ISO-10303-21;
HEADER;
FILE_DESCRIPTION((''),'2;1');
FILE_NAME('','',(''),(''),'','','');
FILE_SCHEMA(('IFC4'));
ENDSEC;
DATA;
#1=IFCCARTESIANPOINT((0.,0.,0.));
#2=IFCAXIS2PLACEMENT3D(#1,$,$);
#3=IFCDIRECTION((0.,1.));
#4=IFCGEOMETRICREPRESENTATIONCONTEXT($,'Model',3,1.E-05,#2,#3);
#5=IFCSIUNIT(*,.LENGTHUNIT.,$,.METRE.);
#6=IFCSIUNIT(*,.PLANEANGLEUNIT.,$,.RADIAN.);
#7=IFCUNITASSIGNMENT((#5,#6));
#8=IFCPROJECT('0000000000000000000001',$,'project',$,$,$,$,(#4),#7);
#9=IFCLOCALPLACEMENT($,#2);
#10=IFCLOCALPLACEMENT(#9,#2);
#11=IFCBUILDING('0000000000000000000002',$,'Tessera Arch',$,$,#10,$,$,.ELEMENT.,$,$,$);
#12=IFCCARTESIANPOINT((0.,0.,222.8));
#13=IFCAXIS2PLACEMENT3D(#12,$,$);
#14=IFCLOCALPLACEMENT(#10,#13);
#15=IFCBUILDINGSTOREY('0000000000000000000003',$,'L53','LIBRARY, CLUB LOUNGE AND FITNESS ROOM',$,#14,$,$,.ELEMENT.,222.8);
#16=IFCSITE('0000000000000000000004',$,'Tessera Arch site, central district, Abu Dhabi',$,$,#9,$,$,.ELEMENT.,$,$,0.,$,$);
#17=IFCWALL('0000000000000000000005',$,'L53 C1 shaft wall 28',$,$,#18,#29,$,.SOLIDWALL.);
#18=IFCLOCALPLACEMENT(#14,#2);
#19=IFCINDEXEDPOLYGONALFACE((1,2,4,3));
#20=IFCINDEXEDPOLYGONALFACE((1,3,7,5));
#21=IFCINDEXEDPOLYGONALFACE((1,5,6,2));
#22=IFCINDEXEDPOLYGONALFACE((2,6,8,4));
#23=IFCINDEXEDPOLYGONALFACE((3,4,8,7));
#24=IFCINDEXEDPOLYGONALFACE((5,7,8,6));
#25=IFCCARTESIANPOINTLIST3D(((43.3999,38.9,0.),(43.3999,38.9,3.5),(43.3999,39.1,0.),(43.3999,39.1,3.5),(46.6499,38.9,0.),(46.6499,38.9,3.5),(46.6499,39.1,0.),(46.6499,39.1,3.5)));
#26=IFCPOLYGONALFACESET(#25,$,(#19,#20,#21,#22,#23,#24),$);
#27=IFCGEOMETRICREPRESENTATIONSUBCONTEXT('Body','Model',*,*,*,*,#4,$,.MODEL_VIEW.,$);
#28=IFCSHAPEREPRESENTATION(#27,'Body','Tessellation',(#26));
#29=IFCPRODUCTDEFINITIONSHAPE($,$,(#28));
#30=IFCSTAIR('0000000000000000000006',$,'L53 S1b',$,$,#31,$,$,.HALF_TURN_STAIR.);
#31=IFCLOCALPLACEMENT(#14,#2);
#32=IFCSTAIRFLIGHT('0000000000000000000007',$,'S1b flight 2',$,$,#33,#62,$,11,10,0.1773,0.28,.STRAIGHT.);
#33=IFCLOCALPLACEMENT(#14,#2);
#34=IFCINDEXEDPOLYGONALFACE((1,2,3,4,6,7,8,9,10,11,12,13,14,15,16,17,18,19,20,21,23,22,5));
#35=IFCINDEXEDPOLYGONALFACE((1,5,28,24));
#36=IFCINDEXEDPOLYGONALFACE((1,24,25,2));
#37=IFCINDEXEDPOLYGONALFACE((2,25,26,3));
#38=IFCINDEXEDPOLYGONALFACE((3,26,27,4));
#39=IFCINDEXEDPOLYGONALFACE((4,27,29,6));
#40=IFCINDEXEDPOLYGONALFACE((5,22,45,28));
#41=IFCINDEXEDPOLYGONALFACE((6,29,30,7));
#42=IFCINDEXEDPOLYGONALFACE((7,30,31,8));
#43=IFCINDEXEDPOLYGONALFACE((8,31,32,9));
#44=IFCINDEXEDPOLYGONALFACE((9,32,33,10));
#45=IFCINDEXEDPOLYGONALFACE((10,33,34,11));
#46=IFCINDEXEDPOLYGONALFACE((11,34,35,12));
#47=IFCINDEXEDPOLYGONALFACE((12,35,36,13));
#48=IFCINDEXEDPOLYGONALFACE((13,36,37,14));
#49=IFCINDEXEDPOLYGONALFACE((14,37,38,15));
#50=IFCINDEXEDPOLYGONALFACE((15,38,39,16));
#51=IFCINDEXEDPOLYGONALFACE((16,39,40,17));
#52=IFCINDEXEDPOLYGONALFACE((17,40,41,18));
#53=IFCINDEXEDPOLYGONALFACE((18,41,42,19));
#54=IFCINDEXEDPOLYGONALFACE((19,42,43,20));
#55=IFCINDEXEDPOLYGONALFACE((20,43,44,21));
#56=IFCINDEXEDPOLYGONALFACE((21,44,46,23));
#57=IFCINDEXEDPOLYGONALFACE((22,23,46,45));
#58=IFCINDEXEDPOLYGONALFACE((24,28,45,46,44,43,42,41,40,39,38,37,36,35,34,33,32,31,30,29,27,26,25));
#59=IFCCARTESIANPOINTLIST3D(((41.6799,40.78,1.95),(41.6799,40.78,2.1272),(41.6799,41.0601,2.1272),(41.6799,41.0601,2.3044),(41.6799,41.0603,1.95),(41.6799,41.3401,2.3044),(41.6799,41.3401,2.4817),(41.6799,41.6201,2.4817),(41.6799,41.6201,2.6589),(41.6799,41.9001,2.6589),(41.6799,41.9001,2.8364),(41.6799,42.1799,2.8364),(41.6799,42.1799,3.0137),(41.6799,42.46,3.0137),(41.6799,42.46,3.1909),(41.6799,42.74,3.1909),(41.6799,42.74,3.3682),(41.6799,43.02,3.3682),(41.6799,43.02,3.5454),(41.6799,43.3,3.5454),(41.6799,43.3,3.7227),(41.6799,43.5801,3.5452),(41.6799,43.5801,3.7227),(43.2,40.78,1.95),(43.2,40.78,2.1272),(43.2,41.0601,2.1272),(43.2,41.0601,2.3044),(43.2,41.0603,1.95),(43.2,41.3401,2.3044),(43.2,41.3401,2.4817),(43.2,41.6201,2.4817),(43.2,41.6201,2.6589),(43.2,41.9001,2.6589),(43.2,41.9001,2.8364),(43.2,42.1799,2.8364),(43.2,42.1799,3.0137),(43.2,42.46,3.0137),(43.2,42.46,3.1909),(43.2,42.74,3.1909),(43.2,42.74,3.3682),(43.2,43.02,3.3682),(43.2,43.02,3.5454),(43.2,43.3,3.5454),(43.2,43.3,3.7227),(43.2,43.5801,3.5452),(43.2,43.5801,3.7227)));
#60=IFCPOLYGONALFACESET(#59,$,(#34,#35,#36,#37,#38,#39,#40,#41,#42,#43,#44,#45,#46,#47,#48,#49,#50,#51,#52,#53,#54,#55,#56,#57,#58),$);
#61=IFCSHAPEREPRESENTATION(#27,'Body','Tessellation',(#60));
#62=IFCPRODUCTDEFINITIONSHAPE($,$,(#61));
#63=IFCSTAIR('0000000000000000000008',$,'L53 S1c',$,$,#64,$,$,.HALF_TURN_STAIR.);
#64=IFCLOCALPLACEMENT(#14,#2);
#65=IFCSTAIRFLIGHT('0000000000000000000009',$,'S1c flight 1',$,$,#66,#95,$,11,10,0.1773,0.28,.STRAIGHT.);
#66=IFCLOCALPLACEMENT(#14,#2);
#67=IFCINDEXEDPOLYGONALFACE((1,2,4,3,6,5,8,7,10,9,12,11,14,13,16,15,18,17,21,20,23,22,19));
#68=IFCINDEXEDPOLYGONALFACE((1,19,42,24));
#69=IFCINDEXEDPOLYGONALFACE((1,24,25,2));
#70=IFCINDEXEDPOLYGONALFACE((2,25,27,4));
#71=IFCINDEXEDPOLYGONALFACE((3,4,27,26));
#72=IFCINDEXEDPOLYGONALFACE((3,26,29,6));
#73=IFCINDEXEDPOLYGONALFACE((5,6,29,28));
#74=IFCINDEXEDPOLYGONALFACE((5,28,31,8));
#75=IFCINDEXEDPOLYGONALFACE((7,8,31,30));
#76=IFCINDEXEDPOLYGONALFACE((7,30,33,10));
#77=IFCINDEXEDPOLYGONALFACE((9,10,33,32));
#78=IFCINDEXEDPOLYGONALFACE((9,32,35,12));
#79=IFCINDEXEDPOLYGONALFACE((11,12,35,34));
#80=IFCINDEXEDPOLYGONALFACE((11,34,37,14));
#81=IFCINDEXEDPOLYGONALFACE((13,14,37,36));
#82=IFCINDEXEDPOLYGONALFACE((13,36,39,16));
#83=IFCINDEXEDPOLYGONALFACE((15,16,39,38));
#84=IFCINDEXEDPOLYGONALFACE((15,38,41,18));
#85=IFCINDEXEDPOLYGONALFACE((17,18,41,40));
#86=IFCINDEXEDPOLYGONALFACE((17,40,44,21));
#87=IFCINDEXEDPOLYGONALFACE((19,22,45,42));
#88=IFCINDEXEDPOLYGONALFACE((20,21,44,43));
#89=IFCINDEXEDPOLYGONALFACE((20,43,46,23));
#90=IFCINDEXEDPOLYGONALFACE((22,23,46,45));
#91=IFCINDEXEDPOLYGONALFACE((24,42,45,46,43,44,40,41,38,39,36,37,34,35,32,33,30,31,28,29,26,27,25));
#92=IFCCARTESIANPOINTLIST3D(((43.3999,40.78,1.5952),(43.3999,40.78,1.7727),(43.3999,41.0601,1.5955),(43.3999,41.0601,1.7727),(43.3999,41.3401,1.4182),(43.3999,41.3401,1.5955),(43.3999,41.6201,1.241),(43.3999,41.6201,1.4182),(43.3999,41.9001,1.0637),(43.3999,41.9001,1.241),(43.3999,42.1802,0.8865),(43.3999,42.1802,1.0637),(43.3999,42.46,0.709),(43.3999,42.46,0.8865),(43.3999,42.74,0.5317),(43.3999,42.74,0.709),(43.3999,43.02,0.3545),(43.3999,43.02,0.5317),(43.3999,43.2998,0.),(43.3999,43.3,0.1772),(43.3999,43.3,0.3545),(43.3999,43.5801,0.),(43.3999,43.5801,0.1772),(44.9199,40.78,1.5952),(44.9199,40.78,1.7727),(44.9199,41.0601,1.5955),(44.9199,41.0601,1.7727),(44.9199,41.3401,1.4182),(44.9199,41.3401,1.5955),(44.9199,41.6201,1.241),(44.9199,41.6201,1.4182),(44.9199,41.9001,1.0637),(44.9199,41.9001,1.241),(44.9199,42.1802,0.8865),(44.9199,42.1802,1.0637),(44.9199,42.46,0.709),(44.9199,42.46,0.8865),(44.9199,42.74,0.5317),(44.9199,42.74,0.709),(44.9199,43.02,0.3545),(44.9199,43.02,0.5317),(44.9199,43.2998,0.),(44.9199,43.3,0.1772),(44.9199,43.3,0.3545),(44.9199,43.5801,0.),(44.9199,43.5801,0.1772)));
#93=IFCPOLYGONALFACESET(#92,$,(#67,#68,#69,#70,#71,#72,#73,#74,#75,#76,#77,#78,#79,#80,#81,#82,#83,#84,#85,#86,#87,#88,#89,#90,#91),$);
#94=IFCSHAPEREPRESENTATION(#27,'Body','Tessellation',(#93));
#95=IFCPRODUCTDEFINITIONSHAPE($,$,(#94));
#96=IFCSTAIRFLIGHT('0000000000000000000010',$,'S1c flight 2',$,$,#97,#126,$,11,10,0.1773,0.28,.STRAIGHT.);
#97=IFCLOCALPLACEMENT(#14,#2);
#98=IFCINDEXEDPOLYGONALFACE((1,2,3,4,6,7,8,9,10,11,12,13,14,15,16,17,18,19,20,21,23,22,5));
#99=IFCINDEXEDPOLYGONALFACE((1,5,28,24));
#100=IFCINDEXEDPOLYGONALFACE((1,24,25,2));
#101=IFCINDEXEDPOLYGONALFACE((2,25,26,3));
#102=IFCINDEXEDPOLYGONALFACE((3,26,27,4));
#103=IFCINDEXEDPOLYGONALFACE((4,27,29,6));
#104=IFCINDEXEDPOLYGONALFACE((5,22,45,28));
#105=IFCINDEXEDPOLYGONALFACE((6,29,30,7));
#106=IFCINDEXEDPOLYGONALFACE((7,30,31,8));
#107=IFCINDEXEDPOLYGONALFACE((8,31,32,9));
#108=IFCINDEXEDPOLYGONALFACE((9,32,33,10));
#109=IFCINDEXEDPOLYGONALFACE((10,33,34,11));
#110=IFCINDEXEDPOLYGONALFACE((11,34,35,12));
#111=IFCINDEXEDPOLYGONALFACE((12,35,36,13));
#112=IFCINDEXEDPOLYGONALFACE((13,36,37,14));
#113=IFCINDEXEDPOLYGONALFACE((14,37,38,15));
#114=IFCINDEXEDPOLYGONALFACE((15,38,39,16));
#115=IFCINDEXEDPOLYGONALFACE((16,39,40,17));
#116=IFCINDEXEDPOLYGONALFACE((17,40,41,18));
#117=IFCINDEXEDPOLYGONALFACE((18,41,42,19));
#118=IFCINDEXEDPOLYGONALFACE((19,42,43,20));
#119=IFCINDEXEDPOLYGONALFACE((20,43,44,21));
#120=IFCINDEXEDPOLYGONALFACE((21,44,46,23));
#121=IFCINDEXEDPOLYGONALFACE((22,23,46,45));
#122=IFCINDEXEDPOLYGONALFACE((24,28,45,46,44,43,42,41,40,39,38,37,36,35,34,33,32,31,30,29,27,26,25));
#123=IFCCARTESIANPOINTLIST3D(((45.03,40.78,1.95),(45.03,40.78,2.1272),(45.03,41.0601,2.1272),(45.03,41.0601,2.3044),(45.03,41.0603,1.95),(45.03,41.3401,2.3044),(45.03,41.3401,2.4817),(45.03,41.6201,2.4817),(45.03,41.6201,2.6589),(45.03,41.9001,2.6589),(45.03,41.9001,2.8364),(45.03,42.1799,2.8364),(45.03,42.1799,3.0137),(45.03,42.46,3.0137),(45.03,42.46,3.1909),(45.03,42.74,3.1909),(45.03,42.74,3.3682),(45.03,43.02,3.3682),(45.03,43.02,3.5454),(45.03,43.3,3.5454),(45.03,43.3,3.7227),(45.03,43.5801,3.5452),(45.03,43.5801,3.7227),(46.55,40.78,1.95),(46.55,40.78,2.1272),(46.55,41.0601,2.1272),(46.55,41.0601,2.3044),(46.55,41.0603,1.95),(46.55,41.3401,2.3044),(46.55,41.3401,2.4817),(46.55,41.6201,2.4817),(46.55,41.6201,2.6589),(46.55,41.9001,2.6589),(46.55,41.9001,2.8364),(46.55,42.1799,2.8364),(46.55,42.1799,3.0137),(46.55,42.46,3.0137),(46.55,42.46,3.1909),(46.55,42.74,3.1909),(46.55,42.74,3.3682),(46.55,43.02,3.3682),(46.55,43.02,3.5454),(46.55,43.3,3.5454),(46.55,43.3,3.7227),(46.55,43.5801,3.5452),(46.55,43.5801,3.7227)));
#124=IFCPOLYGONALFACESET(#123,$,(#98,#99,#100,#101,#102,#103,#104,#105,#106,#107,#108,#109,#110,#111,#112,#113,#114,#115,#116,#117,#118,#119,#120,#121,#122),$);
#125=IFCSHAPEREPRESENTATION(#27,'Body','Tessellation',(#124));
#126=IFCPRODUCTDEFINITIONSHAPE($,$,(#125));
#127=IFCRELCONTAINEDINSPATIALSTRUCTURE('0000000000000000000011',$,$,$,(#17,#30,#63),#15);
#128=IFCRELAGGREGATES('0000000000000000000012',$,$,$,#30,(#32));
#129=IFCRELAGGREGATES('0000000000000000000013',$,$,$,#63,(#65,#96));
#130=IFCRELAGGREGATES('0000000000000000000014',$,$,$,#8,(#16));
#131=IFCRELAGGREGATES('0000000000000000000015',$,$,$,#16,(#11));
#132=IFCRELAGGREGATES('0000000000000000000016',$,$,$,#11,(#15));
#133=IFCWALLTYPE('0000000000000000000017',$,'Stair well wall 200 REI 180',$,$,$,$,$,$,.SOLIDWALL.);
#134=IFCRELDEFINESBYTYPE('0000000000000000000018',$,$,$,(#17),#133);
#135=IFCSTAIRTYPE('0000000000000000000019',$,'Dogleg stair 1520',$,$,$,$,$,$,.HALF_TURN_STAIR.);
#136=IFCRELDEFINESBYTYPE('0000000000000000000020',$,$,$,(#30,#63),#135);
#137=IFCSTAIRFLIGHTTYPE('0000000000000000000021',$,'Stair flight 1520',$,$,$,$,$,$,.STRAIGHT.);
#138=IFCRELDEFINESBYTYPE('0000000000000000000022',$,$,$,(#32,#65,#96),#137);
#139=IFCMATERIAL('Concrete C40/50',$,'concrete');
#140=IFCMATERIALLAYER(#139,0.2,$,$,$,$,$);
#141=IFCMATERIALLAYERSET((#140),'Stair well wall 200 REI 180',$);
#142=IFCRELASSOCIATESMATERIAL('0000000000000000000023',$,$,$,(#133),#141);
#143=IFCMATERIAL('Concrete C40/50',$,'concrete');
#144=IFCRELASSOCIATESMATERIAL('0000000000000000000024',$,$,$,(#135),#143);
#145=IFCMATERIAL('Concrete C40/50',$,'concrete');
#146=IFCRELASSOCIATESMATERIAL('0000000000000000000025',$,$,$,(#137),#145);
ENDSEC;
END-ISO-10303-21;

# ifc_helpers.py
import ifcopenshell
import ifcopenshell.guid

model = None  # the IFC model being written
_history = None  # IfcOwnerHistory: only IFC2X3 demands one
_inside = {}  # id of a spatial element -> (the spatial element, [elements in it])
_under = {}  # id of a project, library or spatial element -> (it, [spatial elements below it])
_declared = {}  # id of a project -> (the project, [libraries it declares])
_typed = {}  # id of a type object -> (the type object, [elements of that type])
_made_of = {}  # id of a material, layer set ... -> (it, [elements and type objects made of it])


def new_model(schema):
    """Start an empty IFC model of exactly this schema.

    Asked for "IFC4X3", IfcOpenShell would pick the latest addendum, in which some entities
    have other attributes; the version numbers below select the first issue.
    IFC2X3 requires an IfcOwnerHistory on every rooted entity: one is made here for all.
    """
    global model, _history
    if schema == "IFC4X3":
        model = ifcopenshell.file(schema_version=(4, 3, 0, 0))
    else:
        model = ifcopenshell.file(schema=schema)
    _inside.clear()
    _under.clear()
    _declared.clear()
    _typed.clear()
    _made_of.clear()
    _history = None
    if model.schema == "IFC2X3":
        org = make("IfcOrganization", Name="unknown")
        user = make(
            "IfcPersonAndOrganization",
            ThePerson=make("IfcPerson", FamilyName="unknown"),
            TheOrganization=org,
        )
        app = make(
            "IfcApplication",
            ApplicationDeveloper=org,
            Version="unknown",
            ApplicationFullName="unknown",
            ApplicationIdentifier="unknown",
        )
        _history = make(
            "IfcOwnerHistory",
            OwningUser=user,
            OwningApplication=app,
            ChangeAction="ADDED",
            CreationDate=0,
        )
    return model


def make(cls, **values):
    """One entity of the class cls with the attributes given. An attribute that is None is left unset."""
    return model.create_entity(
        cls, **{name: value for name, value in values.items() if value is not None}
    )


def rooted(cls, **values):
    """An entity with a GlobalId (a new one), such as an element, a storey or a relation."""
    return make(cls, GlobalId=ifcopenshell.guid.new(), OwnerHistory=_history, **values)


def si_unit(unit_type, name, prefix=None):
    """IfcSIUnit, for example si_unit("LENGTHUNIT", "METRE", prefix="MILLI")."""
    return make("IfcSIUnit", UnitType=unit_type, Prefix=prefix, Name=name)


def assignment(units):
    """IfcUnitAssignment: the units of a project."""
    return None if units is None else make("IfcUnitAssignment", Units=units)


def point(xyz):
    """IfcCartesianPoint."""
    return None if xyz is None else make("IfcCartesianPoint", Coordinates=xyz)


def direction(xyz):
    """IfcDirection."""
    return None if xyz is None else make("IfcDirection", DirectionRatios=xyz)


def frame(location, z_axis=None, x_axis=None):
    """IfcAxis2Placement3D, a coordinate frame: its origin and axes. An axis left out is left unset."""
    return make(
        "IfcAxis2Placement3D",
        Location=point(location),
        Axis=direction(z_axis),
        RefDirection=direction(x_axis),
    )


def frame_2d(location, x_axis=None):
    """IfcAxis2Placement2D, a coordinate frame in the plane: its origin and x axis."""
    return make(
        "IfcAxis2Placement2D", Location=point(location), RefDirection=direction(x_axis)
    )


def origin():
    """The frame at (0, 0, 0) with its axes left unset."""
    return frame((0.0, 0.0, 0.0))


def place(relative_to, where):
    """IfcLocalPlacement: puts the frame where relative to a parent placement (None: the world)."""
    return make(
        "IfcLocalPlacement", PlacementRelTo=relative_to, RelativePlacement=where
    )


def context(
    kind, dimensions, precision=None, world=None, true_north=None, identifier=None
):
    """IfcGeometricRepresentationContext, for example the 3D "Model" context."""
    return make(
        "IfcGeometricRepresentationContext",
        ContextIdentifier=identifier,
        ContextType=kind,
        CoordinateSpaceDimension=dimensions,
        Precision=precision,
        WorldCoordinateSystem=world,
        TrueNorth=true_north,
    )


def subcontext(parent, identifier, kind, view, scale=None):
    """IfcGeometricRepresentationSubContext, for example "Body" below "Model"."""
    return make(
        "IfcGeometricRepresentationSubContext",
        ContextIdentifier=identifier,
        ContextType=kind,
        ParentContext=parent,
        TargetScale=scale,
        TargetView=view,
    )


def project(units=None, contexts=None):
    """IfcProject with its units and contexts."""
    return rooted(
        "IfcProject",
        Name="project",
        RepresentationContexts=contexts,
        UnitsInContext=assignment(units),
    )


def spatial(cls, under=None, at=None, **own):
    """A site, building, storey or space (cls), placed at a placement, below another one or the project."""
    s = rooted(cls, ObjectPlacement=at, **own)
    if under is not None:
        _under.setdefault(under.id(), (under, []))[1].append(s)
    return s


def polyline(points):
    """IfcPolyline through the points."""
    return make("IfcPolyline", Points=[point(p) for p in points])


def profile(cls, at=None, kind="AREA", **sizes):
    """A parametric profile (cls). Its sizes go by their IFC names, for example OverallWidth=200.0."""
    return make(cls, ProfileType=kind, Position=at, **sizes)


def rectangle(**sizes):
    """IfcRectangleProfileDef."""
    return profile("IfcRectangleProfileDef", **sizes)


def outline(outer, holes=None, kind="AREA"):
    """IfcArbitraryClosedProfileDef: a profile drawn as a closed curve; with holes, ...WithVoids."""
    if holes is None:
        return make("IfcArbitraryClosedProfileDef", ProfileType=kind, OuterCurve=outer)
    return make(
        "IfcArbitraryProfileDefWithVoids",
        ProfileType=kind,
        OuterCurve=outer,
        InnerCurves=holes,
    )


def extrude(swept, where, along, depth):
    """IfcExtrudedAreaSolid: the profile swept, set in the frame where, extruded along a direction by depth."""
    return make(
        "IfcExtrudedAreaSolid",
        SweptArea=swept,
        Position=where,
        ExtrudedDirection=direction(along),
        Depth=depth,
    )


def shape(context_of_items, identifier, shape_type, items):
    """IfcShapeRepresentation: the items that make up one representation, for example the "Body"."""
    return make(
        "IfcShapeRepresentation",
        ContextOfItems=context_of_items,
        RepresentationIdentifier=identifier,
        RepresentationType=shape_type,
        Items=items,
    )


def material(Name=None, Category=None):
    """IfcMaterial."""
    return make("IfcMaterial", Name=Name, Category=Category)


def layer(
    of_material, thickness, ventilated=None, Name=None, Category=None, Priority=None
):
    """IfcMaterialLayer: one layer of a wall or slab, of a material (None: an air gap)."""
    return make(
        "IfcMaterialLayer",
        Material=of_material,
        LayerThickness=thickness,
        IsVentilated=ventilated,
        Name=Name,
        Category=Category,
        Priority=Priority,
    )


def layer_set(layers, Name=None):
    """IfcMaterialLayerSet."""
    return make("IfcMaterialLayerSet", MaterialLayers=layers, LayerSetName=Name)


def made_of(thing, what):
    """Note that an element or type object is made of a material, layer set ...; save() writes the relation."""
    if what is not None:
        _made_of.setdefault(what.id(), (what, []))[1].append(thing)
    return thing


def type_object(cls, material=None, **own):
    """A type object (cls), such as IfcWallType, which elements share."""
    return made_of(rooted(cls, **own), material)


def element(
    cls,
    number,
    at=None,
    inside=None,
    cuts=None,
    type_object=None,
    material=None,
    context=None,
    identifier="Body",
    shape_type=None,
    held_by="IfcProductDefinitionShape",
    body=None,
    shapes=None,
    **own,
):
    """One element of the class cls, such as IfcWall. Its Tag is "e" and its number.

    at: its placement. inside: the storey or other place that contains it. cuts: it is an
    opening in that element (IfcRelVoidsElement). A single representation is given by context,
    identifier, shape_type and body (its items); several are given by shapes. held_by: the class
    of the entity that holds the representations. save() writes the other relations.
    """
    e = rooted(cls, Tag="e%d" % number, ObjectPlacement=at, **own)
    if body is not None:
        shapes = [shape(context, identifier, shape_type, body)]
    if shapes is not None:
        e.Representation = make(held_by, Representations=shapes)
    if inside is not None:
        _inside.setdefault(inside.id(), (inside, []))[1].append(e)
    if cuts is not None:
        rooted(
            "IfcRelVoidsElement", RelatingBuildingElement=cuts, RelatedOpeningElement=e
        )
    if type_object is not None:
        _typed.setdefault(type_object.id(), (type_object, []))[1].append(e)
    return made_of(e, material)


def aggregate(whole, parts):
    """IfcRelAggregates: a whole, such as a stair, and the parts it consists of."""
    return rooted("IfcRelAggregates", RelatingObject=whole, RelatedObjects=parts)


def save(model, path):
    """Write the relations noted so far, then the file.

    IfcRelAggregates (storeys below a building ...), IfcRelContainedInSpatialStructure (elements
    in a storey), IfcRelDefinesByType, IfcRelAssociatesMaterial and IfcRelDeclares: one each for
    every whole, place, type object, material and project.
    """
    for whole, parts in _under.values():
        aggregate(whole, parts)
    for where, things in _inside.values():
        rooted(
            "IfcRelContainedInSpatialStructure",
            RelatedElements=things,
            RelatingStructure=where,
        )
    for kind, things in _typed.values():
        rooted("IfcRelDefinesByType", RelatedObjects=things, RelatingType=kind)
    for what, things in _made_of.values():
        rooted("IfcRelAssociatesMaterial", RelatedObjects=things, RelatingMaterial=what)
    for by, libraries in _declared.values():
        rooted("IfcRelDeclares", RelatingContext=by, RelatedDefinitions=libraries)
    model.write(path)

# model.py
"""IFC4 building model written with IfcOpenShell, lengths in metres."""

from ifc_helpers import new_model, si_unit, direction, frame, frame_2d, origin, place, context, subcontext, project, spatial, polyline, rectangle, outline, extrude, material, layer, layer_set, type_object, element, aggregate, save


model = new_model("IFC4")

# Units and contexts
model_context = context("Model", 3, precision=1e-05, world=origin(), true_north=direction((0.0, 1.0)))
body_context = subcontext(model_context, "Body", "Model", "MODEL_VIEW")
ifc_project = project(units=[si_unit("LENGTHUNIT", "METRE"), si_unit("PLANEANGLEUNIT", "RADIAN")], contexts=[model_context])

# Site, building, storey
site_placement = place(None, origin())
site = spatial("IfcSite", under=ifc_project, at=site_placement, Name="Tessera Arch site, central district, Abu Dhabi", CompositionType="ELEMENT", RefElevation=0.0)
building_placement = place(site_placement, origin())
building = spatial("IfcBuilding", under=site, at=building_placement, Name="Tessera Arch", CompositionType="ELEMENT")
storey_placement = place(building_placement, frame((0.0, 0.0, 222.8)))
storey = spatial("IfcBuildingStorey", under=building, at=storey_placement, Name="L53", Description="LIBRARY, CLUB LOUNGE AND FITNESS ROOM", CompositionType="ELEMENT", Elevation=222.8)

# Wall
ifc_material_1 = material(Name="Concrete C40/50", Category="concrete")
ifc_layer_1 = layer(ifc_material_1, 0.2)
ifc_layer_set_1 = layer_set([ifc_layer_1], Name="Stair well wall 200 REI 180")
wall_type_1 = type_object("IfcWallType", Name="Stair well wall 200 REI 180", PredefinedType="SOLIDWALL", material=ifc_layer_set_1)
wall_1_placement = place(storey_placement, frame((43.3999, 39.0, 0.0), z_axis=(0.0, 0.0, 1.0), x_axis=(1.0, 0.0, 0.0)))
element("IfcWall", 1, at=wall_1_placement, inside=storey, type_object=wall_type_1, Name="L53 C1 shaft wall 28", PredefinedType="SOLIDWALL", context=body_context, shape_type="SweptSolid", body=[
    extrude(rectangle(XDim=3.25, YDim=0.2, at=frame_2d((1.625, 0.0))), origin(), (0.0, 0.0, 1.0), 3.5),
])

# Stair, stair flight
ifc_material_2 = material(Name="Concrete C40/50", Category="concrete")
stair_type = type_object("IfcStairType", Name="Dogleg stair 1520", PredefinedType="HALF_TURN_STAIR", material=ifc_material_2)
stair_1_placement = place(storey_placement, origin())
stair_1 = element("IfcStair", 2, at=stair_1_placement, inside=storey, type_object=stair_type, Name="L53 S1b", PredefinedType="HALF_TURN_STAIR")
ifc_material_3 = material(Name="Concrete C40/50", Category="concrete")
stair_flight_type = type_object("IfcStairFlightType", Name="Stair flight 1520", PredefinedType="STRAIGHT", material=ifc_material_3)
stair_flight_1_placement = place(storey_placement, frame((42.4399, 40.78, 1.95), z_axis=(0.0, 0.0, 1.0), x_axis=(0.0, 1.0, 0.0)))
stair_flight_1 = element("IfcStairFlight", 3, at=stair_flight_1_placement, type_object=stair_flight_type, Name="S1b flight 2", NumberOfRisers=11, NumberOfTreads=10, PredefinedType="STRAIGHT", RiserHeight=0.1773, TreadLength=0.28, context=body_context, shape_type="SweptSolid", body=[
    extrude(outline(polyline([(0.0, 0.0), (0.0, 0.1772), (0.28, 0.1772), (0.28, 0.3545), (0.5601, 0.3545), (0.5601, 0.5317), (0.8401, 0.5317), (0.8401, 0.709), (1.1201, 0.709), (1.1201, 0.8865), (1.3999, 0.8865), (1.3999, 1.0637), (1.6799, 1.0637), (1.6799, 1.241), (1.96, 1.241), (1.96, 1.4182), (2.24, 1.4182), (2.24, 1.5955), (2.52, 1.5955), (2.52, 1.7727), (2.8, 1.7727), (2.8, 1.95), (2.8, 1.5952), (0.2803, 0.0), (0.0, 0.0)])), frame((0.0, 0.76, 0.0), z_axis=(0.0, -1.0, 0.0), x_axis=(1.0, 0.0, 0.0)), (0.0, 0.0, 1.0), 1.52),
])
aggregate(stair_1, [stair_flight_1])

# Stair, stair flights
stair_2_placement = place(storey_placement, origin())
stair_2 = element("IfcStair", 4, at=stair_2_placement, inside=storey, type_object=stair_type, Name="L53 S1c", PredefinedType="HALF_TURN_STAIR")
stair_flight_2_placement = place(storey_placement, frame((44.1599, 43.5801, 0.0), z_axis=(0.0, 0.0, 1.0), x_axis=(0.0, -1.0, 0.0)))
stair_flight_2 = element("IfcStairFlight", 5, at=stair_flight_2_placement, type_object=stair_flight_type, Name="S1c flight 1", NumberOfRisers=11, NumberOfTreads=10, PredefinedType="STRAIGHT", RiserHeight=0.1773, TreadLength=0.28, context=body_context, shape_type="SweptSolid", body=[
    extrude(outline(polyline([(0.0, 0.0), (0.0, 0.1772), (0.28, 0.1772), (0.28, 0.3545), (0.5601, 0.3545), (0.5601, 0.5317), (0.8401, 0.5317), (0.8401, 0.709), (1.1201, 0.709), (1.1201, 0.8865), (1.3999, 0.8865), (1.3999, 1.0637), (1.6799, 1.0637), (1.6799, 1.241), (1.96, 1.241), (1.96, 1.4182), (2.24, 1.4182), (2.24, 1.5955), (2.52, 1.5955), (2.52, 1.7727), (2.8, 1.7727), (2.8, 1.95), (2.8, 1.5952), (0.2803, 0.0), (0.0, 0.0)])), frame((0.0, 0.76, 0.0), z_axis=(0.0, -1.0, 0.0), x_axis=(1.0, 0.0, 0.0)), (0.0, 0.0, 1.0), 1.52),
])
stair_flight_3_placement = place(storey_placement, frame((45.79, 40.78, 1.95), z_axis=(0.0, 0.0, 1.0), x_axis=(0.0, 1.0, 0.0)))
stair_flight_3 = element("IfcStairFlight", 6, at=stair_flight_3_placement, type_object=stair_flight_type, Name="S1c flight 2", NumberOfRisers=11, NumberOfTreads=10, PredefinedType="STRAIGHT", RiserHeight=0.1773, TreadLength=0.28, context=body_context, shape_type="SweptSolid", body=[
    extrude(outline(polyline([(0.0, 0.0), (0.0, 0.1772), (0.28, 0.1772), (0.28, 0.3545), (0.5601, 0.3545), (0.5601, 0.5317), (0.8401, 0.5317), (0.8401, 0.709), (1.1201, 0.709), (1.1201, 0.8865), (1.3999, 0.8865), (1.3999, 1.0637), (1.6799, 1.0637), (1.6799, 1.241), (1.96, 1.241), (1.96, 1.4182), (2.24, 1.4182), (2.24, 1.5955), (2.52, 1.5955), (2.52, 1.7727), (2.8, 1.7727), (2.8, 1.95), (2.8, 1.5952), (0.2803, 0.0), (0.0, 0.0)])), frame((0.0, 0.76, 0.0), z_axis=(0.0, -1.0, 0.0), x_axis=(1.0, 0.0, 0.0)), (0.0, 0.0, 1.0), 1.52),
])
aggregate(stair_2, [stair_flight_2, stair_flight_3])

save(model, "model.ifc")
